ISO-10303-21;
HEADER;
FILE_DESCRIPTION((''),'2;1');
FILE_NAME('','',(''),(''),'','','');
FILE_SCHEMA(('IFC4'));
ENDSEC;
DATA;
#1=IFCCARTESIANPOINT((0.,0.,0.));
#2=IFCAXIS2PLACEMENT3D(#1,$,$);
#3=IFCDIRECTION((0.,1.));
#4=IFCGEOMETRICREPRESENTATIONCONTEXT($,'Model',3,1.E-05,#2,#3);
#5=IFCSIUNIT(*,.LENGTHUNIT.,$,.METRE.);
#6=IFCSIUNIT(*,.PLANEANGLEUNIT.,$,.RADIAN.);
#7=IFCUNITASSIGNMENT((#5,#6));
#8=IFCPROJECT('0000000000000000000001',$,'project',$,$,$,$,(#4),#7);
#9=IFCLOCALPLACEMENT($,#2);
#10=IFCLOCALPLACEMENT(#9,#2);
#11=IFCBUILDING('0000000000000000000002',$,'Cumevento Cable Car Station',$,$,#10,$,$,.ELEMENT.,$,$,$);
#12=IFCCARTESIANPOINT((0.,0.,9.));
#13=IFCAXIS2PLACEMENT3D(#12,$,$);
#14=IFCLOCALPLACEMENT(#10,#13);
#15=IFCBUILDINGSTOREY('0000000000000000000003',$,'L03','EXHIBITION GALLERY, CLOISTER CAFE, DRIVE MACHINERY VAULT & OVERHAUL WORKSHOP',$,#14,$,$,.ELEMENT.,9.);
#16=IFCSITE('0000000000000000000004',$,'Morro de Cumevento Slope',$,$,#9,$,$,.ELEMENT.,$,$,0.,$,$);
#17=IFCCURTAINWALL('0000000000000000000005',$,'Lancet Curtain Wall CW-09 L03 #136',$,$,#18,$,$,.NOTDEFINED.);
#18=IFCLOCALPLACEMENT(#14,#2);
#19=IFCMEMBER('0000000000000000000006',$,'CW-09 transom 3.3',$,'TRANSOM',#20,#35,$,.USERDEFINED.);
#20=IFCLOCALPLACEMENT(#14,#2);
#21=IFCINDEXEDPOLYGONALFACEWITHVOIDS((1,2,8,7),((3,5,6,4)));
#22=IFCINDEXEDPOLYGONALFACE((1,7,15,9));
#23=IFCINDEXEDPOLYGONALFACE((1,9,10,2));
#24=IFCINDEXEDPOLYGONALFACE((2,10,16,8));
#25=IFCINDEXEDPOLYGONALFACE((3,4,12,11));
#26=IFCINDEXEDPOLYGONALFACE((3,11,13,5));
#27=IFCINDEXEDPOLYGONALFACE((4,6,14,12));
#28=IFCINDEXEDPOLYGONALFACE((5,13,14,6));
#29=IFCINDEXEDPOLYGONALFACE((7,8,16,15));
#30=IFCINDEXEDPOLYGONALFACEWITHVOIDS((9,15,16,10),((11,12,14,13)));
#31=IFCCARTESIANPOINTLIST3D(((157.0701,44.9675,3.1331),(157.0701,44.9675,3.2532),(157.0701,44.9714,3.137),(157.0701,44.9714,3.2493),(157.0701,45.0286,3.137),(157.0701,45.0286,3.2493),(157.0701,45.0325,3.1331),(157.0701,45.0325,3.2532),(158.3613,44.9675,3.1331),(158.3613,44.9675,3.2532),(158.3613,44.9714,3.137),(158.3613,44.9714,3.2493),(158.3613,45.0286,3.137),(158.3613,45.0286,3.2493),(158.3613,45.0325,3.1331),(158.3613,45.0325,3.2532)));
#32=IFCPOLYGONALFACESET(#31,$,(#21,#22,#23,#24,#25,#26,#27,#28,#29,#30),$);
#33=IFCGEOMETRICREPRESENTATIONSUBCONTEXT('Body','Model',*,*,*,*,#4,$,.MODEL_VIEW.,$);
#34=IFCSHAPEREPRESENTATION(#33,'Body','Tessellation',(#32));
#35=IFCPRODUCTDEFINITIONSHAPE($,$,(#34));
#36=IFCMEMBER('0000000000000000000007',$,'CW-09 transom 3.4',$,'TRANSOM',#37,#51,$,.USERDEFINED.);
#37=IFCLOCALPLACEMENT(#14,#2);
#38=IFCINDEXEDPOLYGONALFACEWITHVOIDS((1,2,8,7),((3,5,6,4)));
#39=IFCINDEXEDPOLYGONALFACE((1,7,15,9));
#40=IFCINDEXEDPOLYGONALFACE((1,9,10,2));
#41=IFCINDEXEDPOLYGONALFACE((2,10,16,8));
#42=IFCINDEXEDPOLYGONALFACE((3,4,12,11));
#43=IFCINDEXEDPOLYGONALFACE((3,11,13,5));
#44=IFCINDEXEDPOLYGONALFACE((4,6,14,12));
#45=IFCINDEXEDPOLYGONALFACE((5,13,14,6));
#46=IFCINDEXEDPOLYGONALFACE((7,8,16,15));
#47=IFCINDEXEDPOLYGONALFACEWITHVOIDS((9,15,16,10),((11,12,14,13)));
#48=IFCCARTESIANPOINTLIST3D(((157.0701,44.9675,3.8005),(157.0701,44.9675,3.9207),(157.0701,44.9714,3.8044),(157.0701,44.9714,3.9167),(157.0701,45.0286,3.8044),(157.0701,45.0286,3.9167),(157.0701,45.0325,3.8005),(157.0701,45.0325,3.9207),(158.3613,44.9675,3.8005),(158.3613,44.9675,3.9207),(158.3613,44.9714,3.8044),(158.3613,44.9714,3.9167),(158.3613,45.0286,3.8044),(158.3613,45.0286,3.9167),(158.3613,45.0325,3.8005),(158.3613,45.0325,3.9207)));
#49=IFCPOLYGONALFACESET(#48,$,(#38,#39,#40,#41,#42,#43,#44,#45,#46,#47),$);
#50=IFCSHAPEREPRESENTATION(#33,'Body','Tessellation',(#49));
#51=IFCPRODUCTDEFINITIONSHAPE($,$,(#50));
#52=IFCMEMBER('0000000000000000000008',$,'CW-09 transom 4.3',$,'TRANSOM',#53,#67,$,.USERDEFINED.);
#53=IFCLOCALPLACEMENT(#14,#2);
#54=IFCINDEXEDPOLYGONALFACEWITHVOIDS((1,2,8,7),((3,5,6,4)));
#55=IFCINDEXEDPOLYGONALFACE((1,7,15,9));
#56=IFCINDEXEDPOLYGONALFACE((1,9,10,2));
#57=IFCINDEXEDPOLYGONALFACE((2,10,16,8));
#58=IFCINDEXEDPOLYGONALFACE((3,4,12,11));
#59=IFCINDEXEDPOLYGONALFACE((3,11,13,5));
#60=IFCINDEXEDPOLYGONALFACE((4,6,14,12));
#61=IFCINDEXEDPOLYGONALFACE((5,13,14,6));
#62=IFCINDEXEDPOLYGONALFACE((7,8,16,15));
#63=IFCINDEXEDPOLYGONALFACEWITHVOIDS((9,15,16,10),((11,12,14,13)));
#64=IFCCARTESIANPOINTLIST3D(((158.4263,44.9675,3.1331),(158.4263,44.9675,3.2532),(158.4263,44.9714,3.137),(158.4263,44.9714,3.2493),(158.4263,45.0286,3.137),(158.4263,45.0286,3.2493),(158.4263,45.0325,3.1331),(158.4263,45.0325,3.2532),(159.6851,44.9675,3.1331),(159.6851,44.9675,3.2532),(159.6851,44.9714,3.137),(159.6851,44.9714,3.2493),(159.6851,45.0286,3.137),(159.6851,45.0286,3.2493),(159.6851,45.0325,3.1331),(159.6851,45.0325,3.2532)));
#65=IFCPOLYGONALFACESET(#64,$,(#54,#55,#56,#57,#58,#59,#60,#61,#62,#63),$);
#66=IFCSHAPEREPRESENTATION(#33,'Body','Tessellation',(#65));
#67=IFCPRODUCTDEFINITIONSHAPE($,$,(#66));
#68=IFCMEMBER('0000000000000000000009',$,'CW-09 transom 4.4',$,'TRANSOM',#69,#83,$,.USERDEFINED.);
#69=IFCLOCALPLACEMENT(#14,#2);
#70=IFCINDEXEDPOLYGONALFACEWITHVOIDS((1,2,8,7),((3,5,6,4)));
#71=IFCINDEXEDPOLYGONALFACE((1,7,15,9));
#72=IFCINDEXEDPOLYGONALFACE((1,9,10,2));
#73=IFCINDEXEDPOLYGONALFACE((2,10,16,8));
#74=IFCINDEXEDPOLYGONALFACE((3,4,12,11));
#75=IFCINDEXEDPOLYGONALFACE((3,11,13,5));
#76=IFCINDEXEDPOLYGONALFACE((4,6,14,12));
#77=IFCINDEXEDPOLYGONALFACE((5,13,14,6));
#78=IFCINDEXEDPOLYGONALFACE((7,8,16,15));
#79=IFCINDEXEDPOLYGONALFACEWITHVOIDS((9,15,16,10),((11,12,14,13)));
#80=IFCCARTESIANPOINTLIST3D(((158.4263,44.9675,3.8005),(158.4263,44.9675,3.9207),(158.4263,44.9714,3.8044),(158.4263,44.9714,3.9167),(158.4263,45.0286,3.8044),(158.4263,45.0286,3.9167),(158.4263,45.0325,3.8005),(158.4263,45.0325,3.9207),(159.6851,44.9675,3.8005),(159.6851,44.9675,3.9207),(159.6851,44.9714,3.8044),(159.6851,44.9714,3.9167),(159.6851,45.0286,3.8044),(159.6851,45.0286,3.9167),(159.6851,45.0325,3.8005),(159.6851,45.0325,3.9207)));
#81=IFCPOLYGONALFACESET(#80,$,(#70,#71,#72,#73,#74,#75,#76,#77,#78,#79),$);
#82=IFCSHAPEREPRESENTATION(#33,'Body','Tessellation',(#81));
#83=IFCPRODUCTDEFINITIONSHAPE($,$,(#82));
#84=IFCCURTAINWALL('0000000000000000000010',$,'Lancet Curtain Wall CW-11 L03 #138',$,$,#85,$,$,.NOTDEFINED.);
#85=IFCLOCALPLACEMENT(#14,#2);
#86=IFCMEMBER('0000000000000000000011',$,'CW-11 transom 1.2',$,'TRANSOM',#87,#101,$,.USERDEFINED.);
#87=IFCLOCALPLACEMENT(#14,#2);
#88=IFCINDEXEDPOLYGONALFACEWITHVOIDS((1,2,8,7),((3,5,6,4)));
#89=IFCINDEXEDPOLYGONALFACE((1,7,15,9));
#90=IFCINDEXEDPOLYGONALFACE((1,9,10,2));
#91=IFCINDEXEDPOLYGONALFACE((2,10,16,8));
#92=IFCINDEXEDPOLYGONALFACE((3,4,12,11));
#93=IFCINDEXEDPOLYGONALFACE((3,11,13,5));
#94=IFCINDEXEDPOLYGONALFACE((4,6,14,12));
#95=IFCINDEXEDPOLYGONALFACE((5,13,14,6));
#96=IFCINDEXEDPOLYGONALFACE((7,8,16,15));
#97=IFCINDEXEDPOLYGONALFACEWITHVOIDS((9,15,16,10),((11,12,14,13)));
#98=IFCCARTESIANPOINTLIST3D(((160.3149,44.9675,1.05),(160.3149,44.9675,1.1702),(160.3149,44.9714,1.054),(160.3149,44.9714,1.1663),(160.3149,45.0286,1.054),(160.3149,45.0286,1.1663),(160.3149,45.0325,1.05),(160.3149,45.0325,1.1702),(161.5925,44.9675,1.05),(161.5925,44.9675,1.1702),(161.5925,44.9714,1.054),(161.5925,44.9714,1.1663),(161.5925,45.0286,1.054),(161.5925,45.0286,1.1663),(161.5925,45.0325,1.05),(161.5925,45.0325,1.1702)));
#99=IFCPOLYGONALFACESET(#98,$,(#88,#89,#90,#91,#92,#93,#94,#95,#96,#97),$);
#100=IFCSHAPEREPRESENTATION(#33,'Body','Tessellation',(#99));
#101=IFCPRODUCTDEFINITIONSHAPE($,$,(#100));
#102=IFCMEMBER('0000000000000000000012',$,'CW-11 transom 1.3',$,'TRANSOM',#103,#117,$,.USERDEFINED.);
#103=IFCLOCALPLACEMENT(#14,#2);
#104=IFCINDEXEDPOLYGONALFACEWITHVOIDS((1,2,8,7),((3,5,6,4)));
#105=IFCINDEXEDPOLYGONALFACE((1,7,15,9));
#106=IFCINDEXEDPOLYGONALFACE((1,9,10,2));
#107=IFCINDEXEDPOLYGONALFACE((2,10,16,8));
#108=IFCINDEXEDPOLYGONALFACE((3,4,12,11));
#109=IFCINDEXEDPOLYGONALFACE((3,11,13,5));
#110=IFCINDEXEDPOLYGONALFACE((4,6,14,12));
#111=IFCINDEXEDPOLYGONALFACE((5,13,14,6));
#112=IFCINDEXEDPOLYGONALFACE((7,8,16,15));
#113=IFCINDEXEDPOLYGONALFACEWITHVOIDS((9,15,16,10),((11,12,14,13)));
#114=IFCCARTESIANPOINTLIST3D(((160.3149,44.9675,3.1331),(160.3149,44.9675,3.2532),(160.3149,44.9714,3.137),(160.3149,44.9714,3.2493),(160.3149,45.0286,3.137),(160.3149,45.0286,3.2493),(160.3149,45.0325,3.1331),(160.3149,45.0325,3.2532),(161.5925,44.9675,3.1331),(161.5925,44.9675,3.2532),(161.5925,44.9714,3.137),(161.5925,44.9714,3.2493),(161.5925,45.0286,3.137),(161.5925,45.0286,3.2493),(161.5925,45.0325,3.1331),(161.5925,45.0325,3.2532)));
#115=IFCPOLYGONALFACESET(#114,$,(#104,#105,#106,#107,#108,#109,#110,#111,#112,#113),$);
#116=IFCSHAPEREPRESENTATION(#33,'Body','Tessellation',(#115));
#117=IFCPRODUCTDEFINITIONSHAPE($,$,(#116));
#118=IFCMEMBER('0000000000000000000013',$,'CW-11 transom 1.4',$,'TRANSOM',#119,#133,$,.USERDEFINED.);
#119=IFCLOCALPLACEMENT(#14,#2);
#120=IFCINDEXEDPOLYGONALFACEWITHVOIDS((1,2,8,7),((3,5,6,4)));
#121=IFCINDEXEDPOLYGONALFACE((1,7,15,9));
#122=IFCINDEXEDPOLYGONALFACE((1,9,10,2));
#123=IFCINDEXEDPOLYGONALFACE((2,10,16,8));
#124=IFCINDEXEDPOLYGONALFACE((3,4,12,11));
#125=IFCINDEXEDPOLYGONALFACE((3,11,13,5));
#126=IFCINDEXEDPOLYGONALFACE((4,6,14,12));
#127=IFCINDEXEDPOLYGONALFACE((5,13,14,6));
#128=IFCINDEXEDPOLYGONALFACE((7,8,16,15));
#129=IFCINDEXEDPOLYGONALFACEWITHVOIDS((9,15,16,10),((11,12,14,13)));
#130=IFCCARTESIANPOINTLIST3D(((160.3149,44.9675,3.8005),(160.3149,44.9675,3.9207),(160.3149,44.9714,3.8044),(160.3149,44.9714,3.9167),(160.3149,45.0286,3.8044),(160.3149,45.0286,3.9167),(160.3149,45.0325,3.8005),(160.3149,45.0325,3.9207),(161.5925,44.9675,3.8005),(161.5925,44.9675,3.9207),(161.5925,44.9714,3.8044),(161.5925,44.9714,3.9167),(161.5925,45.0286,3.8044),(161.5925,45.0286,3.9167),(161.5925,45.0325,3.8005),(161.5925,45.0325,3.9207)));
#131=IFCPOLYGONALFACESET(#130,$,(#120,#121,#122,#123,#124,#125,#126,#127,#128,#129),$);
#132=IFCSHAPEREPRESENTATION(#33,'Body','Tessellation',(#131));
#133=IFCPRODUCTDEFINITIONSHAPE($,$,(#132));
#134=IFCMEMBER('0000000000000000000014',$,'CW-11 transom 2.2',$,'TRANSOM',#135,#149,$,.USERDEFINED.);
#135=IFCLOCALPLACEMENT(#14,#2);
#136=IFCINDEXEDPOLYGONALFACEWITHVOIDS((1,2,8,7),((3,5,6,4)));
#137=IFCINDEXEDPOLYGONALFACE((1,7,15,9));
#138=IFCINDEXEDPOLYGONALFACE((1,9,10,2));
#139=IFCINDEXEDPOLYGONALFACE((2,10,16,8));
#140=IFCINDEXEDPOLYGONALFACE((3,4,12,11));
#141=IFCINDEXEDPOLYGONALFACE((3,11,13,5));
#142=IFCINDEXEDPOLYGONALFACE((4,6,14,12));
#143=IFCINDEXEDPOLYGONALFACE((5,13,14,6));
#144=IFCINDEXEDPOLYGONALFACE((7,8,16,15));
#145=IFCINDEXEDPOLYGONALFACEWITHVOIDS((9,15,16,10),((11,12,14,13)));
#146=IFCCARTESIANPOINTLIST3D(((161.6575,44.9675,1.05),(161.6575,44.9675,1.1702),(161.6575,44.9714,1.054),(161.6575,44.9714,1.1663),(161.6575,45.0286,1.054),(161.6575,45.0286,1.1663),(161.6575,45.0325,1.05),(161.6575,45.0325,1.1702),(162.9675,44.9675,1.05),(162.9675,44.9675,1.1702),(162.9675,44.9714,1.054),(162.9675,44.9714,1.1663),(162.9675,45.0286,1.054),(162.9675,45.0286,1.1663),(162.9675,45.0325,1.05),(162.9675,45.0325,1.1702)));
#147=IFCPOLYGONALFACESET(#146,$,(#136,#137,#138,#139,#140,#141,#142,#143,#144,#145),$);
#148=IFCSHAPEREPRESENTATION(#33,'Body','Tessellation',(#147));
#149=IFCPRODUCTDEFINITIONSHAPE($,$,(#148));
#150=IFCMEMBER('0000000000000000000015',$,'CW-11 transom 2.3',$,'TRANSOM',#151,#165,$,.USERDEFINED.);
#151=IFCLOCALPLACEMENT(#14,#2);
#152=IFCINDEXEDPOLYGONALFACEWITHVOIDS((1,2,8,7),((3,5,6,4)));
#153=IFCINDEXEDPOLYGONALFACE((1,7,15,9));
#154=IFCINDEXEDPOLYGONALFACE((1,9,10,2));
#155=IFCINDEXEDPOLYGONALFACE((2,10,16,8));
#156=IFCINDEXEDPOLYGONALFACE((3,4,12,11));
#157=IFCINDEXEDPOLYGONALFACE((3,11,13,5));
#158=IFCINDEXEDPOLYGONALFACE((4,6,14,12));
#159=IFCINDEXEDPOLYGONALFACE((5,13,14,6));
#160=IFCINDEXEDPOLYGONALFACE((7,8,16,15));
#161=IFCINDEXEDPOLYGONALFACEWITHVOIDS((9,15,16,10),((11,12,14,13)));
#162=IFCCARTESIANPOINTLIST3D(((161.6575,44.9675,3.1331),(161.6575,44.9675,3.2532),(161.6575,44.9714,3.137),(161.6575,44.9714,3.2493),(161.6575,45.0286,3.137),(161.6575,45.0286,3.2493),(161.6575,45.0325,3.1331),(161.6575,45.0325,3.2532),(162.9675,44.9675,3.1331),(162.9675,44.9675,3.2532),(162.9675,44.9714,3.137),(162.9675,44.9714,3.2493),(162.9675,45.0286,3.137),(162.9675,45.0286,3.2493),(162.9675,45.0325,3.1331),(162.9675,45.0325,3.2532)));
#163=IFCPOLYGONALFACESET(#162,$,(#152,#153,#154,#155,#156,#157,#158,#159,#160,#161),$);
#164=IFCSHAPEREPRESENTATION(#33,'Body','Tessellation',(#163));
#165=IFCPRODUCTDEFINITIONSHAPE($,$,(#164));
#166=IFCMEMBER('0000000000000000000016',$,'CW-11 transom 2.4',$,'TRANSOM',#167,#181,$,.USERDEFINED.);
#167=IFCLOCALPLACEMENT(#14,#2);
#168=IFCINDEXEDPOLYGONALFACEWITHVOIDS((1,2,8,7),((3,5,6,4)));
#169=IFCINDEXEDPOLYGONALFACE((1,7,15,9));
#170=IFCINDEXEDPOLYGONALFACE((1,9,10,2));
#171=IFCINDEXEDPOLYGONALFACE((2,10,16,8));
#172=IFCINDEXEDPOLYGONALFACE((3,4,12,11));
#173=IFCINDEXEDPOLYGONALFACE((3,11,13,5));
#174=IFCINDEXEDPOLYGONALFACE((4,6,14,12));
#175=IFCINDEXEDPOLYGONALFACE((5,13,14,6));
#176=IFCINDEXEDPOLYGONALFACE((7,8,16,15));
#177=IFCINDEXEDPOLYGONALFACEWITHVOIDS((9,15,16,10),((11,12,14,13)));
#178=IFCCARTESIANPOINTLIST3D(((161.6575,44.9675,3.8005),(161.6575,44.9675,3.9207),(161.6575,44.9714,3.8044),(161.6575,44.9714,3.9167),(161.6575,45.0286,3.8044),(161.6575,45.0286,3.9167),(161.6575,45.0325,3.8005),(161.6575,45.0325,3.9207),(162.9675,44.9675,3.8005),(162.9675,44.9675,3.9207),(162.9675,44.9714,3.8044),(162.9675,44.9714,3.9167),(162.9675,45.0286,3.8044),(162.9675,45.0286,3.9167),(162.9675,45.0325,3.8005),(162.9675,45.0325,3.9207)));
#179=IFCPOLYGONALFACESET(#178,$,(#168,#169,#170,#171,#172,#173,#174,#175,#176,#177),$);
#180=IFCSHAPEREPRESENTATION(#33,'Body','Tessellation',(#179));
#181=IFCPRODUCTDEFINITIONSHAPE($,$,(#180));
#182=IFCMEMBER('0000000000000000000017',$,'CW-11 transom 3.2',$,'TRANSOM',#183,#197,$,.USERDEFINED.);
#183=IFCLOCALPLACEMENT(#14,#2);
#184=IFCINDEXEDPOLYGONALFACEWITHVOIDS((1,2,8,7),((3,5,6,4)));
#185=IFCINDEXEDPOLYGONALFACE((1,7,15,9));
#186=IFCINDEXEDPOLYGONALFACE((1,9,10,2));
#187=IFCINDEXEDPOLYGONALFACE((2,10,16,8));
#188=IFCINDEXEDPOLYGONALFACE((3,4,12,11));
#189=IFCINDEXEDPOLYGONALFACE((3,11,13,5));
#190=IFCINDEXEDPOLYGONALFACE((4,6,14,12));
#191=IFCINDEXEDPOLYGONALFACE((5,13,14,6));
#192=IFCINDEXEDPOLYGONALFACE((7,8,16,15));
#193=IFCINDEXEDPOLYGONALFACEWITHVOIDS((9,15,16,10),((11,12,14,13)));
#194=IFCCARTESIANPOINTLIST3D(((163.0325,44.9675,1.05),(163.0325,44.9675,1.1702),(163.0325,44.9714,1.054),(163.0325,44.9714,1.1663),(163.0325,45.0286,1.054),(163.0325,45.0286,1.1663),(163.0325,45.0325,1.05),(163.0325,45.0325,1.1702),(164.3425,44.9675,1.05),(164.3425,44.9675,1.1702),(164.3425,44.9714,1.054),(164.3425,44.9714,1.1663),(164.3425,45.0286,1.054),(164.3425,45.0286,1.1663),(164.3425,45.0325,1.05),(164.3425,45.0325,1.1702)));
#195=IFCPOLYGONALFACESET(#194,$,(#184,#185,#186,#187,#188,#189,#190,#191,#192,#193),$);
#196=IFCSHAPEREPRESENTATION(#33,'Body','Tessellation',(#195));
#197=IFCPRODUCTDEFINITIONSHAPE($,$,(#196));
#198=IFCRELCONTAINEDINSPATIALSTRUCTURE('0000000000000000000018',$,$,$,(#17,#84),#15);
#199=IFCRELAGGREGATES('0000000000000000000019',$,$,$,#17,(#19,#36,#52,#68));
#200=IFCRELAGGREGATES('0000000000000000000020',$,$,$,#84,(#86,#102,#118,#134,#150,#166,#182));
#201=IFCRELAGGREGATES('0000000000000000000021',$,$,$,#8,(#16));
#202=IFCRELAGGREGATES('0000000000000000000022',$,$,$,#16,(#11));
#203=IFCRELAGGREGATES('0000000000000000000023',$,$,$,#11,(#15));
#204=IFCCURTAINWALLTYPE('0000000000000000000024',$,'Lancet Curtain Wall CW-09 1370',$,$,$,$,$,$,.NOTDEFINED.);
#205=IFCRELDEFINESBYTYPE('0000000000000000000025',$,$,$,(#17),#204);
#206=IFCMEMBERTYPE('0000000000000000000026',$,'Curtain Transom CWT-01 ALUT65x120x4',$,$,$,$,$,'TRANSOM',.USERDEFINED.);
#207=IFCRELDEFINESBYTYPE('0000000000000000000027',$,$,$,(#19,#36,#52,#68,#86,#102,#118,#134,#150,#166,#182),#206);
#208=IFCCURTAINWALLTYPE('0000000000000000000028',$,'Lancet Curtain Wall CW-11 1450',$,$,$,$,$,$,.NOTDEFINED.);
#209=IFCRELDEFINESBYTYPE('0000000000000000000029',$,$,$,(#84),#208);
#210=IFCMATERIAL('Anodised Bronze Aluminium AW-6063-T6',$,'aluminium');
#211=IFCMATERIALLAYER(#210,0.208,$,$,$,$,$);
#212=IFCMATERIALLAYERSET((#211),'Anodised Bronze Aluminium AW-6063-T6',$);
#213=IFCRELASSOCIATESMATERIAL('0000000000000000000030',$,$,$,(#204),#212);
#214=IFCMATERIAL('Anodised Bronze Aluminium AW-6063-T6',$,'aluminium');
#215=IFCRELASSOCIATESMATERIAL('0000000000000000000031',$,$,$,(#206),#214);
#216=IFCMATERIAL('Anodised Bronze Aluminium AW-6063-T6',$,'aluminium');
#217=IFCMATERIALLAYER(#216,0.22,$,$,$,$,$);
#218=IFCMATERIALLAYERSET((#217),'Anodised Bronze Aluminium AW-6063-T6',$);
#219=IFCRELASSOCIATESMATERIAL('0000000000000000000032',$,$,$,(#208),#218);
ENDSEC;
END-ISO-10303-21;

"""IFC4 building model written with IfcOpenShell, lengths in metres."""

from ifc_helpers import new_model, si_unit, direction, frame, origin, origin_2d, place, context, subcontext, project, spatial, hollow_rectangle, extrude, material, layer, layer_set, material_profile, profile_set, type_object, element, aggregate, save


model = new_model("IFC4")

# Units and contexts
model_context = context("Model", 3, precision=1e-05, world=origin(), true_north=direction((0.0, 1.0)))
body_context = subcontext(model_context, "Body", "Model", "MODEL_VIEW")
ifc_project = project(units=[si_unit("LENGTHUNIT", "METRE"), si_unit("PLANEANGLEUNIT", "RADIAN")], contexts=[model_context])

# Site, building, storey
site_placement = place(None, origin())
site = spatial("IfcSite", under=ifc_project, at=site_placement, Name="Morro de Cumevento Slope", CompositionType="ELEMENT", RefElevation=0.0)
building_placement = place(site_placement, origin())
building = spatial("IfcBuilding", under=site, at=building_placement, Name="Cumevento Cable Car Station", CompositionType="ELEMENT")
storey_placement = place(building_placement, frame((0.0, 0.0, 9.0)))
storey = spatial("IfcBuildingStorey", under=building, at=storey_placement, Name="L03", Description="EXHIBITION GALLERY, CLOISTER CAFE, DRIVE MACHINERY VAULT & OVERHAUL WORKSHOP", CompositionType="ELEMENT", Elevation=9.0)

# Curtain walls, members
ifc_material_1 = material(Name="Anodised Bronze Aluminium AW-6063-T6", Category="aluminium")
ifc_layer_1 = layer(ifc_material_1, 0.208)
ifc_layer_set_1 = layer_set([ifc_layer_1], Name="Anodised Bronze Aluminium AW-6063-T6")
curtain_wall_type_1 = type_object("IfcCurtainWallType", Name="Lancet Curtain Wall CW-09 1370", PredefinedType="NOTDEFINED", material=ifc_layer_set_1)
curtain_wall_1_placement = place(storey_placement, origin())
curtain_wall_1 = element("IfcCurtainWall", 1, at=curtain_wall_1_placement, inside=storey, type_object=curtain_wall_type_1, Name="Lancet Curtain Wall CW-09 L03 #136", PredefinedType="NOTDEFINED")
ifc_material_2 = material(Name="Anodised Bronze Aluminium AW-6063-T6", Category="aluminium")
ifc_material_profile_1 = material_profile(ifc_material_2, hollow_rectangle(XDim=0.0649, YDim=0.1201, WallThickness=0.0039, at=origin_2d()), Name="ALUT65x120x4")
ifc_profile_set_1 = profile_set([ifc_material_profile_1], Name="Anodised Bronze Aluminium AW-6063-T6")
member_type = type_object("IfcMemberType", Name="Curtain Transom CWT-01 ALUT65x120x4", ElementType="TRANSOM", PredefinedType="USERDEFINED", material=ifc_profile_set_1)
member_1_placement = place(storey_placement, frame((157.0701, 45.0, 3.1931), z_axis=(1.0, 0.0, 0.0), x_axis=(0.0, 1.0, 0.0)))
member_1 = element("IfcMember", 2, at=member_1_placement, type_object=member_type, Name="CW-09 transom 3.3", ObjectType="TRANSOM", PredefinedType="USERDEFINED", context=body_context, shape_type="SweptSolid", body=[
    extrude(hollow_rectangle(XDim=0.0649, YDim=0.1201, WallThickness=0.0039, at=origin_2d()), origin(), (0.0, 0.0, 1.0), 1.2913),
])
member_2_placement = place(storey_placement, frame((157.0701, 45.0, 3.8606), z_axis=(1.0, 0.0, 0.0), x_axis=(0.0, 1.0, 0.0)))
member_2 = element("IfcMember", 3, at=member_2_placement, type_object=member_type, Name="CW-09 transom 3.4", ObjectType="TRANSOM", PredefinedType="USERDEFINED", context=body_context, shape_type="SweptSolid", body=[
    extrude(hollow_rectangle(XDim=0.0649, YDim=0.1201, WallThickness=0.0039, at=origin_2d()), origin(), (0.0, 0.0, 1.0), 1.2913),
])
member_3_placement = place(storey_placement, frame((158.4263, 45.0, 3.1931), z_axis=(1.0, 0.0, 0.0), x_axis=(0.0, 1.0, 0.0)))
member_3 = element("IfcMember", 4, at=member_3_placement, type_object=member_type, Name="CW-09 transom 4.3", ObjectType="TRANSOM", PredefinedType="USERDEFINED", context=body_context, shape_type="SweptSolid", body=[
    extrude(hollow_rectangle(XDim=0.0649, YDim=0.1201, WallThickness=0.0039, at=origin_2d()), origin(), (0.0, 0.0, 1.0), 1.2588),
])
member_4_placement = place(storey_placement, frame((158.4263, 45.0, 3.8606), z_axis=(1.0, 0.0, 0.0), x_axis=(0.0, 1.0, 0.0)))
member_4 = element("IfcMember", 5, at=member_4_placement, type_object=member_type, Name="CW-09 transom 4.4", ObjectType="TRANSOM", PredefinedType="USERDEFINED", context=body_context, shape_type="SweptSolid", body=[
    extrude(hollow_rectangle(XDim=0.0649, YDim=0.1201, WallThickness=0.0039, at=origin_2d()), origin(), (0.0, 0.0, 1.0), 1.2588),
])
ifc_material_3 = material(Name="Anodised Bronze Aluminium AW-6063-T6", Category="aluminium")
ifc_layer_2 = layer(ifc_material_3, 0.22)
ifc_layer_set_2 = layer_set([ifc_layer_2], Name="Anodised Bronze Aluminium AW-6063-T6")
curtain_wall_type_2 = type_object("IfcCurtainWallType", Name="Lancet Curtain Wall CW-11 1450", PredefinedType="NOTDEFINED", material=ifc_layer_set_2)
curtain_wall_2_placement = place(storey_placement, origin())
curtain_wall_2 = element("IfcCurtainWall", 6, at=curtain_wall_2_placement, inside=storey, type_object=curtain_wall_type_2, Name="Lancet Curtain Wall CW-11 L03 #138", PredefinedType="NOTDEFINED")
member_5_placement = place(storey_placement, frame((160.3149, 45.0, 1.1101), z_axis=(1.0, 0.0, 0.0), x_axis=(0.0, 1.0, 0.0)))
member_5 = element("IfcMember", 7, at=member_5_placement, type_object=member_type, Name="CW-11 transom 1.2", ObjectType="TRANSOM", PredefinedType="USERDEFINED", context=body_context, shape_type="SweptSolid", body=[
    extrude(hollow_rectangle(XDim=0.0649, YDim=0.1201, WallThickness=0.0039, at=origin_2d()), origin(), (0.0, 0.0, 1.0), 1.2776),
])
member_6_placement = place(storey_placement, frame((160.3149, 45.0, 3.1931), z_axis=(1.0, 0.0, 0.0), x_axis=(0.0, 1.0, 0.0)))
member_6 = element("IfcMember", 8, at=member_6_placement, type_object=member_type, Name="CW-11 transom 1.3", ObjectType="TRANSOM", PredefinedType="USERDEFINED", context=body_context, shape_type="SweptSolid", body=[
    extrude(hollow_rectangle(XDim=0.0649, YDim=0.1201, WallThickness=0.0039, at=origin_2d()), origin(), (0.0, 0.0, 1.0), 1.2776),
])
member_7_placement = place(storey_placement, frame((160.3149, 45.0, 3.8606), z_axis=(1.0, 0.0, 0.0), x_axis=(0.0, 1.0, 0.0)))
member_7 = element("IfcMember", 9, at=member_7_placement, type_object=member_type, Name="CW-11 transom 1.4", ObjectType="TRANSOM", PredefinedType="USERDEFINED", context=body_context, shape_type="SweptSolid", body=[
    extrude(hollow_rectangle(XDim=0.0649, YDim=0.1201, WallThickness=0.0039, at=origin_2d()), origin(), (0.0, 0.0, 1.0), 1.2776),
])
member_8_placement = place(storey_placement, frame((161.6575, 45.0, 1.1101), z_axis=(1.0, 0.0, 0.0), x_axis=(0.0, 1.0, 0.0)))
member_8 = element("IfcMember", 10, at=member_8_placement, type_object=member_type, Name="CW-11 transom 2.2", ObjectType="TRANSOM", PredefinedType="USERDEFINED", context=body_context, shape_type="SweptSolid", body=[
    extrude(hollow_rectangle(XDim=0.0649, YDim=0.1201, WallThickness=0.0039, at=origin_2d()), origin(), (0.0, 0.0, 1.0), 1.3101),
])
member_9_placement = place(storey_placement, frame((161.6575, 45.0, 3.1931), z_axis=(1.0, 0.0, 0.0), x_axis=(0.0, 1.0, 0.0)))
member_9 = element("IfcMember", 11, at=member_9_placement, type_object=member_type, Name="CW-11 transom 2.3", ObjectType="TRANSOM", PredefinedType="USERDEFINED", context=body_context, shape_type="SweptSolid", body=[
    extrude(hollow_rectangle(XDim=0.0649, YDim=0.1201, WallThickness=0.0039, at=origin_2d()), origin(), (0.0, 0.0, 1.0), 1.3101),
])
member_10_placement = place(storey_placement, frame((161.6575, 45.0, 3.8606), z_axis=(1.0, 0.0, 0.0), x_axis=(0.0, 1.0, 0.0)))
member_10 = element("IfcMember", 12, at=member_10_placement, type_object=member_type, Name="CW-11 transom 2.4", ObjectType="TRANSOM", PredefinedType="USERDEFINED", context=body_context, shape_type="SweptSolid", body=[
    extrude(hollow_rectangle(XDim=0.0649, YDim=0.1201, WallThickness=0.0039, at=origin_2d()), origin(), (0.0, 0.0, 1.0), 1.3101),
])
member_11_placement = place(storey_placement, frame((163.0325, 45.0, 1.1101), z_axis=(1.0, 0.0, 0.0), x_axis=(0.0, 1.0, 0.0)))
member_11 = element("IfcMember", 13, at=member_11_placement, type_object=member_type, Name="CW-11 transom 3.2", ObjectType="TRANSOM", PredefinedType="USERDEFINED", context=body_context, shape_type="SweptSolid", body=[
    extrude(hollow_rectangle(XDim=0.0649, YDim=0.1201, WallThickness=0.0039, at=origin_2d()), origin(), (0.0, 0.0, 1.0), 1.3101),
])

aggregate(curtain_wall_1, [member_1, member_2, member_3, member_4])
aggregate(curtain_wall_2, [member_5, member_6, member_7, member_8, member_9, member_10, member_11])

save(model, "model.ifc")
